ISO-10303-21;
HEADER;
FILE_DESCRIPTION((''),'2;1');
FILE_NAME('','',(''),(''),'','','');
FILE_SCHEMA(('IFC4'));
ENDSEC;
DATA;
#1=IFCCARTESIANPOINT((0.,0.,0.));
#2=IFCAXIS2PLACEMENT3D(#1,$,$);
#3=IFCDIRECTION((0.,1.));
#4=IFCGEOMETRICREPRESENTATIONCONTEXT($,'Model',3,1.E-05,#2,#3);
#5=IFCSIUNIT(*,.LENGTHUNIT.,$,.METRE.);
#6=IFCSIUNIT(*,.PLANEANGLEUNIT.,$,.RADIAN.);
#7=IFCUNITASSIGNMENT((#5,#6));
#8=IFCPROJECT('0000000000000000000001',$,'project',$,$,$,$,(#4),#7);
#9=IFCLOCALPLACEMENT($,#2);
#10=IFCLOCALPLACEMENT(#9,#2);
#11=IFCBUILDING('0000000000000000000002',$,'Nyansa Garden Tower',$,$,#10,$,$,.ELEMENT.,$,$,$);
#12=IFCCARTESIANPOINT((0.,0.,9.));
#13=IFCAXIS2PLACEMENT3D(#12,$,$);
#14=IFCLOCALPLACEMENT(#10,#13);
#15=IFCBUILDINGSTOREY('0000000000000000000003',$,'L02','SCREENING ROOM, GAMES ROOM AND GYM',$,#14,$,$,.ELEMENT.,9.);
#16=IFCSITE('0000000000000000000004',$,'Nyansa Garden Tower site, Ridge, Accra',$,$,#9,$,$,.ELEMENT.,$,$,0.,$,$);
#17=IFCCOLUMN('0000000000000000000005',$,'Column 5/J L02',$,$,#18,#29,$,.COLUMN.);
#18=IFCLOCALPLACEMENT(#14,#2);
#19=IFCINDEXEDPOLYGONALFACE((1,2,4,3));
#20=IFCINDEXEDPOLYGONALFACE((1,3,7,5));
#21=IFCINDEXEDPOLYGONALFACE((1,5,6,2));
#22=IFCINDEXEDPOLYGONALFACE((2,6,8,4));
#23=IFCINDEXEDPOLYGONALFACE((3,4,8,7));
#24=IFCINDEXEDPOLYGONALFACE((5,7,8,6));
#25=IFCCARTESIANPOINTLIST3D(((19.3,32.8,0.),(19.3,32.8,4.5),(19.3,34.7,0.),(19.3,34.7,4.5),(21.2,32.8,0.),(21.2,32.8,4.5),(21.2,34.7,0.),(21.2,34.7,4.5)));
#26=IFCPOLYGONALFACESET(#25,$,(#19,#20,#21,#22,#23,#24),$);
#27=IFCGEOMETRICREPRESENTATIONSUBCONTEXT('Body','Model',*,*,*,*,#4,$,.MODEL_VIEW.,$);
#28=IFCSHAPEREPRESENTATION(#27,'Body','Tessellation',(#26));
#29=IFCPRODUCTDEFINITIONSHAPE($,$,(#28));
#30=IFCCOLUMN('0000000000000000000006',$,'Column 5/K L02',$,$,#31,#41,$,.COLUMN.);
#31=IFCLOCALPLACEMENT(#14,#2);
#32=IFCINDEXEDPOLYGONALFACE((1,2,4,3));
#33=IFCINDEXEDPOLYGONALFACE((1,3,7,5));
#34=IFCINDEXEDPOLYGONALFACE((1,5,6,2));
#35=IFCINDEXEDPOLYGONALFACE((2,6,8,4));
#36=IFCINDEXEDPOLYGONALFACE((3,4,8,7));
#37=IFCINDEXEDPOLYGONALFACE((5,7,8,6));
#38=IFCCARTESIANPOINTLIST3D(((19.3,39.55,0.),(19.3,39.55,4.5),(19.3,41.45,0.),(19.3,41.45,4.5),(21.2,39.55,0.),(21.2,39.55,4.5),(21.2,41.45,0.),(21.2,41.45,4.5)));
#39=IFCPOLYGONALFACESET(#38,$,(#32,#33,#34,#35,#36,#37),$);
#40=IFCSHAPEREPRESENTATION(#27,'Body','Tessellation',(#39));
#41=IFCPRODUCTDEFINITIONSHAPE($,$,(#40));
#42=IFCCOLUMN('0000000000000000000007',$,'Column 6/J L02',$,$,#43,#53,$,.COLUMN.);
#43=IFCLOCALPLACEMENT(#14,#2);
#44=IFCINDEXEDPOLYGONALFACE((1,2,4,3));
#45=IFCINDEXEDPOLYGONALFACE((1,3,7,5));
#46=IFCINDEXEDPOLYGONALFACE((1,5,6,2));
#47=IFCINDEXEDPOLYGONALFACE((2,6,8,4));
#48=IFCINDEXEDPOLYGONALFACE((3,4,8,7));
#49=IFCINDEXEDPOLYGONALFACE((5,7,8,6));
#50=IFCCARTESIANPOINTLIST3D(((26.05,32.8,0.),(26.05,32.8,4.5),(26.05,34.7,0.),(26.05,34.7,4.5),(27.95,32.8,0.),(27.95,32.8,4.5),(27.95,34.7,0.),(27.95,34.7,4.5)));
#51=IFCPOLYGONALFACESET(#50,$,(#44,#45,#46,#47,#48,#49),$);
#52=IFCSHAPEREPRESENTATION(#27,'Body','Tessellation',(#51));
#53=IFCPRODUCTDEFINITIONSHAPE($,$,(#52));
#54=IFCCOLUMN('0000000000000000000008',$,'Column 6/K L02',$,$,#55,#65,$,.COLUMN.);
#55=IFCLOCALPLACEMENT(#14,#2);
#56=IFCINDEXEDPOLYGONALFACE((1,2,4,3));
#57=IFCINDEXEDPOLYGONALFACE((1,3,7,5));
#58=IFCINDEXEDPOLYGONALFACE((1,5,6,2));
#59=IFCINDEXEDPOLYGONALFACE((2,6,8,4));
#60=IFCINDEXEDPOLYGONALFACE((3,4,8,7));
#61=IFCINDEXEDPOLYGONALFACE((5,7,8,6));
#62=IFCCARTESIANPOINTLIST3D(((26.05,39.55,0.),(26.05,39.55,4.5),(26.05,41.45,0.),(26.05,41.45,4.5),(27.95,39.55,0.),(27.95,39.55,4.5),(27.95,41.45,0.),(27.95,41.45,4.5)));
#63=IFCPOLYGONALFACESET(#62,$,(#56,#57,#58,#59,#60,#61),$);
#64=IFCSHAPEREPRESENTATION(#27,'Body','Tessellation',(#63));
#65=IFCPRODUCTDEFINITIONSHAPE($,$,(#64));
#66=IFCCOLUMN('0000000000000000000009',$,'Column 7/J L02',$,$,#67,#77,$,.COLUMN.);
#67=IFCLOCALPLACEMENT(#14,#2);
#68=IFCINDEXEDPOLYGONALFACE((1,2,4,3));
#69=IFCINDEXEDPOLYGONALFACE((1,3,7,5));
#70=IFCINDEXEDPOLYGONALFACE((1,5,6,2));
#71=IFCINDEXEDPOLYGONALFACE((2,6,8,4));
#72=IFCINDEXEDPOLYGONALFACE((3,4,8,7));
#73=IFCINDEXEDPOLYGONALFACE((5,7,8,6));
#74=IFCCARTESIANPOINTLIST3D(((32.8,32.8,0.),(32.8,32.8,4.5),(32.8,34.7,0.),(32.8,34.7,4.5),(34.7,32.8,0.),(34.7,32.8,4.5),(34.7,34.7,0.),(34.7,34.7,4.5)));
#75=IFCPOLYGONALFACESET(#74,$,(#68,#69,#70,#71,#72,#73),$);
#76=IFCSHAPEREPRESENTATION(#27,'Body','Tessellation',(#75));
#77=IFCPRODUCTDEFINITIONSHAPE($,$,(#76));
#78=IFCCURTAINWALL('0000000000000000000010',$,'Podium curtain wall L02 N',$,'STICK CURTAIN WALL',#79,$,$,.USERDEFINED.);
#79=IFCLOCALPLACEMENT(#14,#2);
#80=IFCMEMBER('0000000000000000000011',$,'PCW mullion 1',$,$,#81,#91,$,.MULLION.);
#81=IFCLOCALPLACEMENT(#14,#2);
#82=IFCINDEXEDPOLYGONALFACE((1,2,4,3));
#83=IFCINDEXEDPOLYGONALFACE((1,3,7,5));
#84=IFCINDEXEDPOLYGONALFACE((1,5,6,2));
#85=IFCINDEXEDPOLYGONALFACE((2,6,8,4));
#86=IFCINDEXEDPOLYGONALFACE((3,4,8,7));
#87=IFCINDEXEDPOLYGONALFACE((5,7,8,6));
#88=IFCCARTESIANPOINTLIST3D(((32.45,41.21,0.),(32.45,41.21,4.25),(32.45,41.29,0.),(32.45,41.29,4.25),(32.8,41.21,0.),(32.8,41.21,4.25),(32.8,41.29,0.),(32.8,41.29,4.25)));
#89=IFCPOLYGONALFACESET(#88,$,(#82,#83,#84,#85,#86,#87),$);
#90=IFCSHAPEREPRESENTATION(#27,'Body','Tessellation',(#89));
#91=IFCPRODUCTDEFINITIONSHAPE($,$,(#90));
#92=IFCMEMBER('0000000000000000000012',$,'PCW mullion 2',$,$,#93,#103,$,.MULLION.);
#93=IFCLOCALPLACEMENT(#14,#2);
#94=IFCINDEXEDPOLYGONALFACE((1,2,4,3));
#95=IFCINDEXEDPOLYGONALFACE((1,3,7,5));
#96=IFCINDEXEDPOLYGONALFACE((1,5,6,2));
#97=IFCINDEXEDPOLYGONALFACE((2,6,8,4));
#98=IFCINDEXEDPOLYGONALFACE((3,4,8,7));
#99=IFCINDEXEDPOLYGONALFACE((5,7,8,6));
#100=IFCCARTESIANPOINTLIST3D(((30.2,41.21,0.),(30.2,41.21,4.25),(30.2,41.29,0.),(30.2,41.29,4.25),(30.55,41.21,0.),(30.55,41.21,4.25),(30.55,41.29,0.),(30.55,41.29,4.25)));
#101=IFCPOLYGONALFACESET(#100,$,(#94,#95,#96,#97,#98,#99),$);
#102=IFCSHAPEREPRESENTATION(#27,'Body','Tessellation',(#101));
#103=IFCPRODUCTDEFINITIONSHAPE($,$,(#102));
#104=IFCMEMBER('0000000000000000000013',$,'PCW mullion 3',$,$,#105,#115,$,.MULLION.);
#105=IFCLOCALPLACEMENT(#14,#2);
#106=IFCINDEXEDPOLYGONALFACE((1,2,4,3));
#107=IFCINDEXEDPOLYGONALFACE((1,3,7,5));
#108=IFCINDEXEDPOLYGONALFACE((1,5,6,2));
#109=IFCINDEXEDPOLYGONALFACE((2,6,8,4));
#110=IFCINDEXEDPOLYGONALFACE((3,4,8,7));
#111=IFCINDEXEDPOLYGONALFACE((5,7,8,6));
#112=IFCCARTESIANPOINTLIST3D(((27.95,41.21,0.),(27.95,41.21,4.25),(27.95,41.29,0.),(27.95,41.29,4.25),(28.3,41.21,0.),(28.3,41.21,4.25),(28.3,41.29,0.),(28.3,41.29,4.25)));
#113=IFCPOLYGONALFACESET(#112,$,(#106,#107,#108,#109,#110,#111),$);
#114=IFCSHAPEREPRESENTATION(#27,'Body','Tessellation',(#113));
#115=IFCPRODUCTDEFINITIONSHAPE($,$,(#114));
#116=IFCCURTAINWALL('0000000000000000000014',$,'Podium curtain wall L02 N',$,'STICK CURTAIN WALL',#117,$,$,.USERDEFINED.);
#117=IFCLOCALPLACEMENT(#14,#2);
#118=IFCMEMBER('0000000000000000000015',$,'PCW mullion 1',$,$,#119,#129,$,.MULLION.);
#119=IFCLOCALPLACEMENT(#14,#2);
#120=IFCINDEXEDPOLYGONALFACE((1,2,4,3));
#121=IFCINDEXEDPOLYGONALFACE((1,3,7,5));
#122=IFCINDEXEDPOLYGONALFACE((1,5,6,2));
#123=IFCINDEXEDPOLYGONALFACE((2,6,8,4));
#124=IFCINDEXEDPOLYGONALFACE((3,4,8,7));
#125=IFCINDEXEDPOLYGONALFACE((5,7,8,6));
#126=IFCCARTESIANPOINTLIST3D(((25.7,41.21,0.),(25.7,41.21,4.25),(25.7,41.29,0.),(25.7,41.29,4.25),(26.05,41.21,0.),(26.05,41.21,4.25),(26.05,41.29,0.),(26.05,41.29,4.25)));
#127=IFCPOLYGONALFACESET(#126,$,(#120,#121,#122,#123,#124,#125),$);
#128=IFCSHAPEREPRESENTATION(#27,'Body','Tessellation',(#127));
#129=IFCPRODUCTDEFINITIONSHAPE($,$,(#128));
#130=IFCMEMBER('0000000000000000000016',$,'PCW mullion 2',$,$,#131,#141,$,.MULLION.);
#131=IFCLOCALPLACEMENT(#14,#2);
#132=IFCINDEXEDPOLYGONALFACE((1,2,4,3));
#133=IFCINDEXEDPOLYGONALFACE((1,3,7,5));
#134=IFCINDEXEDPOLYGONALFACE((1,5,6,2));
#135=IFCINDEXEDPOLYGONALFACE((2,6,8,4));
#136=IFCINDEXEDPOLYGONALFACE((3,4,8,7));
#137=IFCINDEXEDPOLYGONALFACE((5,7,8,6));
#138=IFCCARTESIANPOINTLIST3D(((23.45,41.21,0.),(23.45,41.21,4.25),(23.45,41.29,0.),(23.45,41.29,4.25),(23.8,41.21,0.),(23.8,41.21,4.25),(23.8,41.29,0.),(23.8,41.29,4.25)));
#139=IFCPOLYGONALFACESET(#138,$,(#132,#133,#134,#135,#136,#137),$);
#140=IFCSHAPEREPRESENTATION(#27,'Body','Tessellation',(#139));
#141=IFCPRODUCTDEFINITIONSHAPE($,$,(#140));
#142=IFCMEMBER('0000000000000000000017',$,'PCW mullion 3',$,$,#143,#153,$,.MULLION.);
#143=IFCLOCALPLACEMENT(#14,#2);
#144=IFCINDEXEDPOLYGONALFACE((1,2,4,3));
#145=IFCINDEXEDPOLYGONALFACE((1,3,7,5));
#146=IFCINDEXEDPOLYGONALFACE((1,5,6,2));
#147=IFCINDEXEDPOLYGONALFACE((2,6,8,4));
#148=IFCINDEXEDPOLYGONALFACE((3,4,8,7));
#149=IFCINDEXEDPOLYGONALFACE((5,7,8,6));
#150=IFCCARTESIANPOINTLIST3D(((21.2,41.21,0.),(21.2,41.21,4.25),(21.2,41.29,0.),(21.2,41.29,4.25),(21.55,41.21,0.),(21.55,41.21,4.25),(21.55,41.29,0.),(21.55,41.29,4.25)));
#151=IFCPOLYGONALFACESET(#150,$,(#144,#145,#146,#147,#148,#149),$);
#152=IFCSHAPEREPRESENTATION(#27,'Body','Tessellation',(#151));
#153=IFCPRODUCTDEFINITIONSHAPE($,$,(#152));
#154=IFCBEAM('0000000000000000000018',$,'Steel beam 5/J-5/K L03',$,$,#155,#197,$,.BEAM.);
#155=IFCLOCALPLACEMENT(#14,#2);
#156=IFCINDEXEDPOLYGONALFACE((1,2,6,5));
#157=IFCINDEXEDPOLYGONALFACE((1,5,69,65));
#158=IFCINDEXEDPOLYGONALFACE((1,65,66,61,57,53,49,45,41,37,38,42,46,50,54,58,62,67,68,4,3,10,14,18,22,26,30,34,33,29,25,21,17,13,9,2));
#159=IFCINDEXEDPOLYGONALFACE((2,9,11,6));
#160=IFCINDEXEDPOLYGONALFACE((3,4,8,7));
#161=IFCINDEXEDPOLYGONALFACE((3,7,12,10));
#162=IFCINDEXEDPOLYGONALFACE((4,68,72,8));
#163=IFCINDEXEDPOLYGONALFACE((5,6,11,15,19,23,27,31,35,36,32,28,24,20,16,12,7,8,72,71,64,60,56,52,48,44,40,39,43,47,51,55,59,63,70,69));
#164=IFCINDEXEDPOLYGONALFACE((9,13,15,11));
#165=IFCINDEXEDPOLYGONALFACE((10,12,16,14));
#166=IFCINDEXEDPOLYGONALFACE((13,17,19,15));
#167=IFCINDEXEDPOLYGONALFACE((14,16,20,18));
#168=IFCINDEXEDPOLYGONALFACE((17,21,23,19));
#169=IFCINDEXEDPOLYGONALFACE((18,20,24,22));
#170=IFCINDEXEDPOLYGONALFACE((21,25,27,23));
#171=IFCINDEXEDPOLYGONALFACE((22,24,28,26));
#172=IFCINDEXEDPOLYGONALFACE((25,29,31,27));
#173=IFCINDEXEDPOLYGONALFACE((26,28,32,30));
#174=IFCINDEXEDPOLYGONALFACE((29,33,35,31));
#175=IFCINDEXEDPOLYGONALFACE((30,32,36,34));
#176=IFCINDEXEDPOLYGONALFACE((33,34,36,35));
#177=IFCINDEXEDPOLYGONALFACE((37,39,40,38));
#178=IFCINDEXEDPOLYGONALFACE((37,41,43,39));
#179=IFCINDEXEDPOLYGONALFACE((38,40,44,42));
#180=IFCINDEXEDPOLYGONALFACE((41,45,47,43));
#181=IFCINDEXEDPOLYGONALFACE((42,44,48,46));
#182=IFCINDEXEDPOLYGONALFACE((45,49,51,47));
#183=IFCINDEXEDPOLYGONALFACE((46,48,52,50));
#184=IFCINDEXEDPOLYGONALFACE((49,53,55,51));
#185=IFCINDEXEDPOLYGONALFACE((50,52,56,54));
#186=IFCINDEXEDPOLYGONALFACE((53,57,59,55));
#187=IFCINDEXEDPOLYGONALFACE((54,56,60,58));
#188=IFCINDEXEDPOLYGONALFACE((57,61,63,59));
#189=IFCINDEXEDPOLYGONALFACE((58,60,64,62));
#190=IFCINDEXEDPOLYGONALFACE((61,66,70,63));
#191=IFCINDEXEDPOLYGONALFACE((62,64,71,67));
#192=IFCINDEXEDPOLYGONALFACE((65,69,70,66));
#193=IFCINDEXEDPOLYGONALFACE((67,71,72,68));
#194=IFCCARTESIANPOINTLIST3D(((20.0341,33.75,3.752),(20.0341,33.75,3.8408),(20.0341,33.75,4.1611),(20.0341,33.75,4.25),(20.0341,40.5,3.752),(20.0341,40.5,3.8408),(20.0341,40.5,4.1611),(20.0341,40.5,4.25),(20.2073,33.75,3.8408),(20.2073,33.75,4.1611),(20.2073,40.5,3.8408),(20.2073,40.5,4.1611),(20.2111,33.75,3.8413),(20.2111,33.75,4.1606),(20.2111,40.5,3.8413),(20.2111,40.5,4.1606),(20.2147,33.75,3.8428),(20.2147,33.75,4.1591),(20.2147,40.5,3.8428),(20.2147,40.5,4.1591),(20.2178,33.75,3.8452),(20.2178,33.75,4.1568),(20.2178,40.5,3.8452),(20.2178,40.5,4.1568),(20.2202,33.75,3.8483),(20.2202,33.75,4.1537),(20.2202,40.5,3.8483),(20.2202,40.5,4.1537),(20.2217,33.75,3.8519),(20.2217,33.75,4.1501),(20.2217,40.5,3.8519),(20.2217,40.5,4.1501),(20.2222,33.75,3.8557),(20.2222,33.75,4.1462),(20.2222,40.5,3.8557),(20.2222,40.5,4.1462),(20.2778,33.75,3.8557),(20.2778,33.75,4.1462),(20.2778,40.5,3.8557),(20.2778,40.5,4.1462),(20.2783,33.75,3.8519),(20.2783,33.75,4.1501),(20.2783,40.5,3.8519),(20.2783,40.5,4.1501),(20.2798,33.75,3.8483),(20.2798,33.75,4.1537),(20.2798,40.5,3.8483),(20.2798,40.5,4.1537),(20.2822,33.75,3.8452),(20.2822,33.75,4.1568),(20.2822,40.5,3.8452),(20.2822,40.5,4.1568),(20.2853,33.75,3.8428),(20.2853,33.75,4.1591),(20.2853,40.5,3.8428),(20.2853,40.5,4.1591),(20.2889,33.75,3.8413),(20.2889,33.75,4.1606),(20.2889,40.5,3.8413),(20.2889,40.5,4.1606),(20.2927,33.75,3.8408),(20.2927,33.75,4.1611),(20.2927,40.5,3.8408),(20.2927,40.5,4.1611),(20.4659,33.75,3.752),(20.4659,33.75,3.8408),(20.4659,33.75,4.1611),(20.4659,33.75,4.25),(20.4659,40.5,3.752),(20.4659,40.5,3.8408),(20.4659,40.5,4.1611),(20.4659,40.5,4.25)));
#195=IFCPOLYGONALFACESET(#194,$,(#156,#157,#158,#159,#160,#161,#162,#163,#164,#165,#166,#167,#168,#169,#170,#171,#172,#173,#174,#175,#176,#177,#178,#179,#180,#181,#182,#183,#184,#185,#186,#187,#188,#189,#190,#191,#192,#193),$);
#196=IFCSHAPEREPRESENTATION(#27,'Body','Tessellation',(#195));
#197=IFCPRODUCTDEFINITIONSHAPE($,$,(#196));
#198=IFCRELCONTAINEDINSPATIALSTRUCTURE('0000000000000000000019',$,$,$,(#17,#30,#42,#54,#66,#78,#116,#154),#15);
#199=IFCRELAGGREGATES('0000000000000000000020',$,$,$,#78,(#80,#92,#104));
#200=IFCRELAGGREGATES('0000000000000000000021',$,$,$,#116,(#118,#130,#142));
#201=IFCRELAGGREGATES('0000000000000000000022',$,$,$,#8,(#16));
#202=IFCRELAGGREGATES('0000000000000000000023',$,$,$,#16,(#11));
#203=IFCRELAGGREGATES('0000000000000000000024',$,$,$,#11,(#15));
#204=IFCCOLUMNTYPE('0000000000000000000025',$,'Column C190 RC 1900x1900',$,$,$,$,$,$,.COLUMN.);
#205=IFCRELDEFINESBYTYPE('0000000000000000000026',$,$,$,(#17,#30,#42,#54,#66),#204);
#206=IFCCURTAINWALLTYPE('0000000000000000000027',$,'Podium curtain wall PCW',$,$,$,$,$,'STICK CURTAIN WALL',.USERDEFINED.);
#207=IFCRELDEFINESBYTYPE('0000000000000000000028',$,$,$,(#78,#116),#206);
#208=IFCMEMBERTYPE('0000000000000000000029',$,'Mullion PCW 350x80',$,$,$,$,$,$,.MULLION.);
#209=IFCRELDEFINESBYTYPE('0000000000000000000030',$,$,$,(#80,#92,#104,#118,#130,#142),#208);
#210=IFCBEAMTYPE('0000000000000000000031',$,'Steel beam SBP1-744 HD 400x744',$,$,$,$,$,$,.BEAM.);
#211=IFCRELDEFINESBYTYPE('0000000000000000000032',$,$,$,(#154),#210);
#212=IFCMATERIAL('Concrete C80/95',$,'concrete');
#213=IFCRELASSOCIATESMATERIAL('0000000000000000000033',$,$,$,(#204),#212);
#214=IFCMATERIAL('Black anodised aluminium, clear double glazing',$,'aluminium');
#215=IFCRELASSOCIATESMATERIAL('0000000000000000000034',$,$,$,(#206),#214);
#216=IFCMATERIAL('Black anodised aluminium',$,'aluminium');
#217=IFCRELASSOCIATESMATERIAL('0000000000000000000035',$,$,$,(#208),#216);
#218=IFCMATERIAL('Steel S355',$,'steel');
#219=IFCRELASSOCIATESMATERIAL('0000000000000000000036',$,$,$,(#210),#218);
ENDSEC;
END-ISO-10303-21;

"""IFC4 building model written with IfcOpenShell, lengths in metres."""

from ifc_helpers import new_model, si_unit, direction, frame, origin, origin_2d, place, context, subcontext, project, spatial, rectangle, i_section, extrude, material, material_profile, profile_set, type_object, element, aggregate, save


model = new_model("IFC4")

# Units and contexts
model_context = context("Model", 3, precision=1e-05, world=origin(), true_north=direction((0.0, 1.0)))
body_context = subcontext(model_context, "Body", "Model", "MODEL_VIEW")
ifc_project = project(units=[si_unit("LENGTHUNIT", "METRE"), si_unit("PLANEANGLEUNIT", "RADIAN")], contexts=[model_context])

# Site, building, storey
site_placement = place(None, origin())
site = spatial("IfcSite", under=ifc_project, at=site_placement, Name="Nyansa Garden Tower site, Ridge, Accra", CompositionType="ELEMENT", RefElevation=0.0)
building_placement = place(site_placement, origin())
building = spatial("IfcBuilding", under=site, at=building_placement, Name="Nyansa Garden Tower", CompositionType="ELEMENT")
storey_placement = place(building_placement, frame((0.0, 0.0, 9.0)))
storey = spatial("IfcBuildingStorey", under=building, at=storey_placement, Name="L02", Description="SCREENING ROOM, GAMES ROOM AND GYM", CompositionType="ELEMENT", Elevation=9.0)

# Columns
ifc_material_1 = material(Name="Concrete C80/95", Category="concrete")
ifc_material_profile_1 = material_profile(ifc_material_1, rectangle(XDim=1.8999, YDim=1.8999, at=origin_2d()), Name="RC 1900x1900")
ifc_profile_set_1 = profile_set([ifc_material_profile_1], Name="Concrete C80/95")
column_type = type_object("IfcColumnType", Name="Column C190 RC 1900x1900", PredefinedType="COLUMN", material=ifc_profile_set_1)
for number, where, z_axis, x_axis, name in (
    (1, (20.25, 33.75, 0.0), (0.0, 0.0, 1.0), (1.0, 0.0, 0.0), "Column 5/J L02"),
    (2, (20.25, 40.5, 0.0), (0.0, 0.0, 1.0), (1.0, 0.0, 0.0), "Column 5/K L02"),
    (3, (27.0, 33.75, 0.0), (0.0, 0.0, 1.0), (1.0, 0.0, 0.0), "Column 6/J L02"),
    (4, (27.0, 40.5, 0.0), (0.0, 0.0, 1.0), (1.0, 0.0, 0.0), "Column 6/K L02"),
    (5, (33.75, 33.75, 0.0), (0.0, 0.0, 1.0), (1.0, 0.0, 0.0), "Column 7/J L02"),
):
    element("IfcColumn", number, at=place(storey_placement, frame(where, z_axis=z_axis, x_axis=x_axis)), inside=storey, type_object=column_type, Name=name, PredefinedType="COLUMN", context=body_context, shape_type="SweptSolid", body=[
        extrude(rectangle(XDim=1.8999, YDim=1.8999, at=origin_2d()), origin(), (0.0, 0.0, 1.0), 4.5),
    ])

# Curtain walls, members
ifc_material_2 = material(Name="Black anodised aluminium, clear double glazing", Category="aluminium")
curtain_wall_type = type_object("IfcCurtainWallType", Name="Podium curtain wall PCW", ElementType="STICK CURTAIN WALL", PredefinedType="USERDEFINED", material=ifc_material_2)
curtain_wall_1_placement = place(storey_placement, origin())
curtain_wall_1 = element("IfcCurtainWall", 6, at=curtain_wall_1_placement, inside=storey, type_object=curtain_wall_type, Name="Podium curtain wall L02 N", ObjectType="STICK CURTAIN WALL", PredefinedType="USERDEFINED")
ifc_material_3 = material(Name="Black anodised aluminium", Category="aluminium")
ifc_material_profile_2 = material_profile(ifc_material_3, rectangle(XDim=0.0801, YDim=0.3501, at=origin_2d()), Name="Mullion 350x80")
ifc_profile_set_2 = profile_set([ifc_material_profile_2], Name="Black anodised aluminium")
member_type_1 = type_object("IfcMemberType", Name="Mullion PCW 350x80", PredefinedType="MULLION", material=ifc_profile_set_2)
member_1_placement = place(storey_placement, frame((32.625, 41.25, 0.0), z_axis=(0.0, 0.0, 1.0), x_axis=(0.0, -1.0, 0.0)))
member_1 = element("IfcMember", 7, at=member_1_placement, type_object=member_type_1, Name="PCW mullion 1", PredefinedType="MULLION", context=body_context, shape_type="SweptSolid", body=[
    extrude(rectangle(XDim=0.0801, YDim=0.3501, at=origin_2d()), origin(), (0.0, 0.0, 1.0), 4.25),
])
member_2_placement = place(storey_placement, frame((30.375, 41.25, 0.0), z_axis=(0.0, 0.0, 1.0), x_axis=(0.0, -1.0, 0.0)))
member_2 = element("IfcMember", 8, at=member_2_placement, type_object=member_type_1, Name="PCW mullion 2", PredefinedType="MULLION", context=body_context, shape_type="SweptSolid", body=[
    extrude(rectangle(XDim=0.0801, YDim=0.3501, at=origin_2d()), origin(), (0.0, 0.0, 1.0), 4.25),
])
member_3_placement = place(storey_placement, frame((28.125, 41.25, 0.0), z_axis=(0.0, 0.0, 1.0), x_axis=(0.0, -1.0, 0.0)))
member_3 = element("IfcMember", 9, at=member_3_placement, type_object=member_type_1, Name="PCW mullion 3", PredefinedType="MULLION", context=body_context, shape_type="SweptSolid", body=[
    extrude(rectangle(XDim=0.0801, YDim=0.3501, at=origin_2d()), origin(), (0.0, 0.0, 1.0), 4.25),
])
curtain_wall_2_placement = place(storey_placement, origin())
curtain_wall_2 = element("IfcCurtainWall", 10, at=curtain_wall_2_placement, inside=storey, type_object=curtain_wall_type, Name="Podium curtain wall L02 N", ObjectType="STICK CURTAIN WALL", PredefinedType="USERDEFINED")
member_4_placement = place(storey_placement, frame((25.875, 41.25, 0.0), z_axis=(0.0, 0.0, 1.0), x_axis=(0.0, -1.0, 0.0)))
member_4 = element("IfcMember", 11, at=member_4_placement, type_object=member_type_1, Name="PCW mullion 1", PredefinedType="MULLION", context=body_context, shape_type="SweptSolid", body=[
    extrude(rectangle(XDim=0.0801, YDim=0.3501, at=origin_2d()), origin(), (0.0, 0.0, 1.0), 4.25),
])
member_5_placement = place(storey_placement, frame((23.625, 41.25, 0.0), z_axis=(0.0, 0.0, 1.0), x_axis=(0.0, -1.0, 0.0)))
member_5 = element("IfcMember", 12, at=member_5_placement, type_object=member_type_1, Name="PCW mullion 2", PredefinedType="MULLION", context=body_context, shape_type="SweptSolid", body=[
    extrude(rectangle(XDim=0.0801, YDim=0.3501, at=origin_2d()), origin(), (0.0, 0.0, 1.0), 4.25),
])
member_6_placement = place(storey_placement, frame((21.375, 41.25, 0.0), z_axis=(0.0, 0.0, 1.0), x_axis=(0.0, -1.0, 0.0)))
member_6 = element("IfcMember", 13, at=member_6_placement, type_object=member_type_1, Name="PCW mullion 3", PredefinedType="MULLION", context=body_context, shape_type="SweptSolid", body=[
    extrude(rectangle(XDim=0.0801, YDim=0.3501, at=origin_2d()), origin(), (0.0, 0.0, 1.0), 4.25),
])

# Beam
ifc_material_4 = material(Name="Steel S355", Category="steel")
ifc_material_profile_3 = material_profile(ifc_material_4, i_section(OverallWidth=0.4319, OverallDepth=0.498, WebThickness=0.0557, FlangeThickness=0.0889, FilletRadius=0.0149, at=origin_2d()), Name="HD 400x744")
ifc_profile_set_3 = profile_set([ifc_material_profile_3], Name="Steel S355")
beam_type_1 = type_object("IfcBeamType", Name="Steel beam SBP1-744 HD 400x744", PredefinedType="BEAM", material=ifc_profile_set_3)
for number, where, z_axis, x_axis, name in (
    (14, (20.25, 33.75, 4.001), (0.0, 1.0, 0.0), (-1.0, 0.0, 0.0), "Steel beam 5/J-5/K L03"),
):
    element("IfcBeam", number, at=place(storey_placement, frame(where, z_axis=z_axis, x_axis=x_axis)), inside=storey, type_object=beam_type_1, Name=name, PredefinedType="BEAM", context=body_context, shape_type="SweptSolid", body=[
        extrude(i_section(OverallWidth=0.4319, OverallDepth=0.498, WebThickness=0.0557, FlangeThickness=0.0889, FilletRadius=0.0149, at=origin_2d()), origin(), (0.0, 0.0, 1.0), 6.75),
    ])

aggregate(curtain_wall_1, [member_1, member_2, member_3])
aggregate(curtain_wall_2, [member_4, member_5, member_6])

save(model, "model.ifc")
